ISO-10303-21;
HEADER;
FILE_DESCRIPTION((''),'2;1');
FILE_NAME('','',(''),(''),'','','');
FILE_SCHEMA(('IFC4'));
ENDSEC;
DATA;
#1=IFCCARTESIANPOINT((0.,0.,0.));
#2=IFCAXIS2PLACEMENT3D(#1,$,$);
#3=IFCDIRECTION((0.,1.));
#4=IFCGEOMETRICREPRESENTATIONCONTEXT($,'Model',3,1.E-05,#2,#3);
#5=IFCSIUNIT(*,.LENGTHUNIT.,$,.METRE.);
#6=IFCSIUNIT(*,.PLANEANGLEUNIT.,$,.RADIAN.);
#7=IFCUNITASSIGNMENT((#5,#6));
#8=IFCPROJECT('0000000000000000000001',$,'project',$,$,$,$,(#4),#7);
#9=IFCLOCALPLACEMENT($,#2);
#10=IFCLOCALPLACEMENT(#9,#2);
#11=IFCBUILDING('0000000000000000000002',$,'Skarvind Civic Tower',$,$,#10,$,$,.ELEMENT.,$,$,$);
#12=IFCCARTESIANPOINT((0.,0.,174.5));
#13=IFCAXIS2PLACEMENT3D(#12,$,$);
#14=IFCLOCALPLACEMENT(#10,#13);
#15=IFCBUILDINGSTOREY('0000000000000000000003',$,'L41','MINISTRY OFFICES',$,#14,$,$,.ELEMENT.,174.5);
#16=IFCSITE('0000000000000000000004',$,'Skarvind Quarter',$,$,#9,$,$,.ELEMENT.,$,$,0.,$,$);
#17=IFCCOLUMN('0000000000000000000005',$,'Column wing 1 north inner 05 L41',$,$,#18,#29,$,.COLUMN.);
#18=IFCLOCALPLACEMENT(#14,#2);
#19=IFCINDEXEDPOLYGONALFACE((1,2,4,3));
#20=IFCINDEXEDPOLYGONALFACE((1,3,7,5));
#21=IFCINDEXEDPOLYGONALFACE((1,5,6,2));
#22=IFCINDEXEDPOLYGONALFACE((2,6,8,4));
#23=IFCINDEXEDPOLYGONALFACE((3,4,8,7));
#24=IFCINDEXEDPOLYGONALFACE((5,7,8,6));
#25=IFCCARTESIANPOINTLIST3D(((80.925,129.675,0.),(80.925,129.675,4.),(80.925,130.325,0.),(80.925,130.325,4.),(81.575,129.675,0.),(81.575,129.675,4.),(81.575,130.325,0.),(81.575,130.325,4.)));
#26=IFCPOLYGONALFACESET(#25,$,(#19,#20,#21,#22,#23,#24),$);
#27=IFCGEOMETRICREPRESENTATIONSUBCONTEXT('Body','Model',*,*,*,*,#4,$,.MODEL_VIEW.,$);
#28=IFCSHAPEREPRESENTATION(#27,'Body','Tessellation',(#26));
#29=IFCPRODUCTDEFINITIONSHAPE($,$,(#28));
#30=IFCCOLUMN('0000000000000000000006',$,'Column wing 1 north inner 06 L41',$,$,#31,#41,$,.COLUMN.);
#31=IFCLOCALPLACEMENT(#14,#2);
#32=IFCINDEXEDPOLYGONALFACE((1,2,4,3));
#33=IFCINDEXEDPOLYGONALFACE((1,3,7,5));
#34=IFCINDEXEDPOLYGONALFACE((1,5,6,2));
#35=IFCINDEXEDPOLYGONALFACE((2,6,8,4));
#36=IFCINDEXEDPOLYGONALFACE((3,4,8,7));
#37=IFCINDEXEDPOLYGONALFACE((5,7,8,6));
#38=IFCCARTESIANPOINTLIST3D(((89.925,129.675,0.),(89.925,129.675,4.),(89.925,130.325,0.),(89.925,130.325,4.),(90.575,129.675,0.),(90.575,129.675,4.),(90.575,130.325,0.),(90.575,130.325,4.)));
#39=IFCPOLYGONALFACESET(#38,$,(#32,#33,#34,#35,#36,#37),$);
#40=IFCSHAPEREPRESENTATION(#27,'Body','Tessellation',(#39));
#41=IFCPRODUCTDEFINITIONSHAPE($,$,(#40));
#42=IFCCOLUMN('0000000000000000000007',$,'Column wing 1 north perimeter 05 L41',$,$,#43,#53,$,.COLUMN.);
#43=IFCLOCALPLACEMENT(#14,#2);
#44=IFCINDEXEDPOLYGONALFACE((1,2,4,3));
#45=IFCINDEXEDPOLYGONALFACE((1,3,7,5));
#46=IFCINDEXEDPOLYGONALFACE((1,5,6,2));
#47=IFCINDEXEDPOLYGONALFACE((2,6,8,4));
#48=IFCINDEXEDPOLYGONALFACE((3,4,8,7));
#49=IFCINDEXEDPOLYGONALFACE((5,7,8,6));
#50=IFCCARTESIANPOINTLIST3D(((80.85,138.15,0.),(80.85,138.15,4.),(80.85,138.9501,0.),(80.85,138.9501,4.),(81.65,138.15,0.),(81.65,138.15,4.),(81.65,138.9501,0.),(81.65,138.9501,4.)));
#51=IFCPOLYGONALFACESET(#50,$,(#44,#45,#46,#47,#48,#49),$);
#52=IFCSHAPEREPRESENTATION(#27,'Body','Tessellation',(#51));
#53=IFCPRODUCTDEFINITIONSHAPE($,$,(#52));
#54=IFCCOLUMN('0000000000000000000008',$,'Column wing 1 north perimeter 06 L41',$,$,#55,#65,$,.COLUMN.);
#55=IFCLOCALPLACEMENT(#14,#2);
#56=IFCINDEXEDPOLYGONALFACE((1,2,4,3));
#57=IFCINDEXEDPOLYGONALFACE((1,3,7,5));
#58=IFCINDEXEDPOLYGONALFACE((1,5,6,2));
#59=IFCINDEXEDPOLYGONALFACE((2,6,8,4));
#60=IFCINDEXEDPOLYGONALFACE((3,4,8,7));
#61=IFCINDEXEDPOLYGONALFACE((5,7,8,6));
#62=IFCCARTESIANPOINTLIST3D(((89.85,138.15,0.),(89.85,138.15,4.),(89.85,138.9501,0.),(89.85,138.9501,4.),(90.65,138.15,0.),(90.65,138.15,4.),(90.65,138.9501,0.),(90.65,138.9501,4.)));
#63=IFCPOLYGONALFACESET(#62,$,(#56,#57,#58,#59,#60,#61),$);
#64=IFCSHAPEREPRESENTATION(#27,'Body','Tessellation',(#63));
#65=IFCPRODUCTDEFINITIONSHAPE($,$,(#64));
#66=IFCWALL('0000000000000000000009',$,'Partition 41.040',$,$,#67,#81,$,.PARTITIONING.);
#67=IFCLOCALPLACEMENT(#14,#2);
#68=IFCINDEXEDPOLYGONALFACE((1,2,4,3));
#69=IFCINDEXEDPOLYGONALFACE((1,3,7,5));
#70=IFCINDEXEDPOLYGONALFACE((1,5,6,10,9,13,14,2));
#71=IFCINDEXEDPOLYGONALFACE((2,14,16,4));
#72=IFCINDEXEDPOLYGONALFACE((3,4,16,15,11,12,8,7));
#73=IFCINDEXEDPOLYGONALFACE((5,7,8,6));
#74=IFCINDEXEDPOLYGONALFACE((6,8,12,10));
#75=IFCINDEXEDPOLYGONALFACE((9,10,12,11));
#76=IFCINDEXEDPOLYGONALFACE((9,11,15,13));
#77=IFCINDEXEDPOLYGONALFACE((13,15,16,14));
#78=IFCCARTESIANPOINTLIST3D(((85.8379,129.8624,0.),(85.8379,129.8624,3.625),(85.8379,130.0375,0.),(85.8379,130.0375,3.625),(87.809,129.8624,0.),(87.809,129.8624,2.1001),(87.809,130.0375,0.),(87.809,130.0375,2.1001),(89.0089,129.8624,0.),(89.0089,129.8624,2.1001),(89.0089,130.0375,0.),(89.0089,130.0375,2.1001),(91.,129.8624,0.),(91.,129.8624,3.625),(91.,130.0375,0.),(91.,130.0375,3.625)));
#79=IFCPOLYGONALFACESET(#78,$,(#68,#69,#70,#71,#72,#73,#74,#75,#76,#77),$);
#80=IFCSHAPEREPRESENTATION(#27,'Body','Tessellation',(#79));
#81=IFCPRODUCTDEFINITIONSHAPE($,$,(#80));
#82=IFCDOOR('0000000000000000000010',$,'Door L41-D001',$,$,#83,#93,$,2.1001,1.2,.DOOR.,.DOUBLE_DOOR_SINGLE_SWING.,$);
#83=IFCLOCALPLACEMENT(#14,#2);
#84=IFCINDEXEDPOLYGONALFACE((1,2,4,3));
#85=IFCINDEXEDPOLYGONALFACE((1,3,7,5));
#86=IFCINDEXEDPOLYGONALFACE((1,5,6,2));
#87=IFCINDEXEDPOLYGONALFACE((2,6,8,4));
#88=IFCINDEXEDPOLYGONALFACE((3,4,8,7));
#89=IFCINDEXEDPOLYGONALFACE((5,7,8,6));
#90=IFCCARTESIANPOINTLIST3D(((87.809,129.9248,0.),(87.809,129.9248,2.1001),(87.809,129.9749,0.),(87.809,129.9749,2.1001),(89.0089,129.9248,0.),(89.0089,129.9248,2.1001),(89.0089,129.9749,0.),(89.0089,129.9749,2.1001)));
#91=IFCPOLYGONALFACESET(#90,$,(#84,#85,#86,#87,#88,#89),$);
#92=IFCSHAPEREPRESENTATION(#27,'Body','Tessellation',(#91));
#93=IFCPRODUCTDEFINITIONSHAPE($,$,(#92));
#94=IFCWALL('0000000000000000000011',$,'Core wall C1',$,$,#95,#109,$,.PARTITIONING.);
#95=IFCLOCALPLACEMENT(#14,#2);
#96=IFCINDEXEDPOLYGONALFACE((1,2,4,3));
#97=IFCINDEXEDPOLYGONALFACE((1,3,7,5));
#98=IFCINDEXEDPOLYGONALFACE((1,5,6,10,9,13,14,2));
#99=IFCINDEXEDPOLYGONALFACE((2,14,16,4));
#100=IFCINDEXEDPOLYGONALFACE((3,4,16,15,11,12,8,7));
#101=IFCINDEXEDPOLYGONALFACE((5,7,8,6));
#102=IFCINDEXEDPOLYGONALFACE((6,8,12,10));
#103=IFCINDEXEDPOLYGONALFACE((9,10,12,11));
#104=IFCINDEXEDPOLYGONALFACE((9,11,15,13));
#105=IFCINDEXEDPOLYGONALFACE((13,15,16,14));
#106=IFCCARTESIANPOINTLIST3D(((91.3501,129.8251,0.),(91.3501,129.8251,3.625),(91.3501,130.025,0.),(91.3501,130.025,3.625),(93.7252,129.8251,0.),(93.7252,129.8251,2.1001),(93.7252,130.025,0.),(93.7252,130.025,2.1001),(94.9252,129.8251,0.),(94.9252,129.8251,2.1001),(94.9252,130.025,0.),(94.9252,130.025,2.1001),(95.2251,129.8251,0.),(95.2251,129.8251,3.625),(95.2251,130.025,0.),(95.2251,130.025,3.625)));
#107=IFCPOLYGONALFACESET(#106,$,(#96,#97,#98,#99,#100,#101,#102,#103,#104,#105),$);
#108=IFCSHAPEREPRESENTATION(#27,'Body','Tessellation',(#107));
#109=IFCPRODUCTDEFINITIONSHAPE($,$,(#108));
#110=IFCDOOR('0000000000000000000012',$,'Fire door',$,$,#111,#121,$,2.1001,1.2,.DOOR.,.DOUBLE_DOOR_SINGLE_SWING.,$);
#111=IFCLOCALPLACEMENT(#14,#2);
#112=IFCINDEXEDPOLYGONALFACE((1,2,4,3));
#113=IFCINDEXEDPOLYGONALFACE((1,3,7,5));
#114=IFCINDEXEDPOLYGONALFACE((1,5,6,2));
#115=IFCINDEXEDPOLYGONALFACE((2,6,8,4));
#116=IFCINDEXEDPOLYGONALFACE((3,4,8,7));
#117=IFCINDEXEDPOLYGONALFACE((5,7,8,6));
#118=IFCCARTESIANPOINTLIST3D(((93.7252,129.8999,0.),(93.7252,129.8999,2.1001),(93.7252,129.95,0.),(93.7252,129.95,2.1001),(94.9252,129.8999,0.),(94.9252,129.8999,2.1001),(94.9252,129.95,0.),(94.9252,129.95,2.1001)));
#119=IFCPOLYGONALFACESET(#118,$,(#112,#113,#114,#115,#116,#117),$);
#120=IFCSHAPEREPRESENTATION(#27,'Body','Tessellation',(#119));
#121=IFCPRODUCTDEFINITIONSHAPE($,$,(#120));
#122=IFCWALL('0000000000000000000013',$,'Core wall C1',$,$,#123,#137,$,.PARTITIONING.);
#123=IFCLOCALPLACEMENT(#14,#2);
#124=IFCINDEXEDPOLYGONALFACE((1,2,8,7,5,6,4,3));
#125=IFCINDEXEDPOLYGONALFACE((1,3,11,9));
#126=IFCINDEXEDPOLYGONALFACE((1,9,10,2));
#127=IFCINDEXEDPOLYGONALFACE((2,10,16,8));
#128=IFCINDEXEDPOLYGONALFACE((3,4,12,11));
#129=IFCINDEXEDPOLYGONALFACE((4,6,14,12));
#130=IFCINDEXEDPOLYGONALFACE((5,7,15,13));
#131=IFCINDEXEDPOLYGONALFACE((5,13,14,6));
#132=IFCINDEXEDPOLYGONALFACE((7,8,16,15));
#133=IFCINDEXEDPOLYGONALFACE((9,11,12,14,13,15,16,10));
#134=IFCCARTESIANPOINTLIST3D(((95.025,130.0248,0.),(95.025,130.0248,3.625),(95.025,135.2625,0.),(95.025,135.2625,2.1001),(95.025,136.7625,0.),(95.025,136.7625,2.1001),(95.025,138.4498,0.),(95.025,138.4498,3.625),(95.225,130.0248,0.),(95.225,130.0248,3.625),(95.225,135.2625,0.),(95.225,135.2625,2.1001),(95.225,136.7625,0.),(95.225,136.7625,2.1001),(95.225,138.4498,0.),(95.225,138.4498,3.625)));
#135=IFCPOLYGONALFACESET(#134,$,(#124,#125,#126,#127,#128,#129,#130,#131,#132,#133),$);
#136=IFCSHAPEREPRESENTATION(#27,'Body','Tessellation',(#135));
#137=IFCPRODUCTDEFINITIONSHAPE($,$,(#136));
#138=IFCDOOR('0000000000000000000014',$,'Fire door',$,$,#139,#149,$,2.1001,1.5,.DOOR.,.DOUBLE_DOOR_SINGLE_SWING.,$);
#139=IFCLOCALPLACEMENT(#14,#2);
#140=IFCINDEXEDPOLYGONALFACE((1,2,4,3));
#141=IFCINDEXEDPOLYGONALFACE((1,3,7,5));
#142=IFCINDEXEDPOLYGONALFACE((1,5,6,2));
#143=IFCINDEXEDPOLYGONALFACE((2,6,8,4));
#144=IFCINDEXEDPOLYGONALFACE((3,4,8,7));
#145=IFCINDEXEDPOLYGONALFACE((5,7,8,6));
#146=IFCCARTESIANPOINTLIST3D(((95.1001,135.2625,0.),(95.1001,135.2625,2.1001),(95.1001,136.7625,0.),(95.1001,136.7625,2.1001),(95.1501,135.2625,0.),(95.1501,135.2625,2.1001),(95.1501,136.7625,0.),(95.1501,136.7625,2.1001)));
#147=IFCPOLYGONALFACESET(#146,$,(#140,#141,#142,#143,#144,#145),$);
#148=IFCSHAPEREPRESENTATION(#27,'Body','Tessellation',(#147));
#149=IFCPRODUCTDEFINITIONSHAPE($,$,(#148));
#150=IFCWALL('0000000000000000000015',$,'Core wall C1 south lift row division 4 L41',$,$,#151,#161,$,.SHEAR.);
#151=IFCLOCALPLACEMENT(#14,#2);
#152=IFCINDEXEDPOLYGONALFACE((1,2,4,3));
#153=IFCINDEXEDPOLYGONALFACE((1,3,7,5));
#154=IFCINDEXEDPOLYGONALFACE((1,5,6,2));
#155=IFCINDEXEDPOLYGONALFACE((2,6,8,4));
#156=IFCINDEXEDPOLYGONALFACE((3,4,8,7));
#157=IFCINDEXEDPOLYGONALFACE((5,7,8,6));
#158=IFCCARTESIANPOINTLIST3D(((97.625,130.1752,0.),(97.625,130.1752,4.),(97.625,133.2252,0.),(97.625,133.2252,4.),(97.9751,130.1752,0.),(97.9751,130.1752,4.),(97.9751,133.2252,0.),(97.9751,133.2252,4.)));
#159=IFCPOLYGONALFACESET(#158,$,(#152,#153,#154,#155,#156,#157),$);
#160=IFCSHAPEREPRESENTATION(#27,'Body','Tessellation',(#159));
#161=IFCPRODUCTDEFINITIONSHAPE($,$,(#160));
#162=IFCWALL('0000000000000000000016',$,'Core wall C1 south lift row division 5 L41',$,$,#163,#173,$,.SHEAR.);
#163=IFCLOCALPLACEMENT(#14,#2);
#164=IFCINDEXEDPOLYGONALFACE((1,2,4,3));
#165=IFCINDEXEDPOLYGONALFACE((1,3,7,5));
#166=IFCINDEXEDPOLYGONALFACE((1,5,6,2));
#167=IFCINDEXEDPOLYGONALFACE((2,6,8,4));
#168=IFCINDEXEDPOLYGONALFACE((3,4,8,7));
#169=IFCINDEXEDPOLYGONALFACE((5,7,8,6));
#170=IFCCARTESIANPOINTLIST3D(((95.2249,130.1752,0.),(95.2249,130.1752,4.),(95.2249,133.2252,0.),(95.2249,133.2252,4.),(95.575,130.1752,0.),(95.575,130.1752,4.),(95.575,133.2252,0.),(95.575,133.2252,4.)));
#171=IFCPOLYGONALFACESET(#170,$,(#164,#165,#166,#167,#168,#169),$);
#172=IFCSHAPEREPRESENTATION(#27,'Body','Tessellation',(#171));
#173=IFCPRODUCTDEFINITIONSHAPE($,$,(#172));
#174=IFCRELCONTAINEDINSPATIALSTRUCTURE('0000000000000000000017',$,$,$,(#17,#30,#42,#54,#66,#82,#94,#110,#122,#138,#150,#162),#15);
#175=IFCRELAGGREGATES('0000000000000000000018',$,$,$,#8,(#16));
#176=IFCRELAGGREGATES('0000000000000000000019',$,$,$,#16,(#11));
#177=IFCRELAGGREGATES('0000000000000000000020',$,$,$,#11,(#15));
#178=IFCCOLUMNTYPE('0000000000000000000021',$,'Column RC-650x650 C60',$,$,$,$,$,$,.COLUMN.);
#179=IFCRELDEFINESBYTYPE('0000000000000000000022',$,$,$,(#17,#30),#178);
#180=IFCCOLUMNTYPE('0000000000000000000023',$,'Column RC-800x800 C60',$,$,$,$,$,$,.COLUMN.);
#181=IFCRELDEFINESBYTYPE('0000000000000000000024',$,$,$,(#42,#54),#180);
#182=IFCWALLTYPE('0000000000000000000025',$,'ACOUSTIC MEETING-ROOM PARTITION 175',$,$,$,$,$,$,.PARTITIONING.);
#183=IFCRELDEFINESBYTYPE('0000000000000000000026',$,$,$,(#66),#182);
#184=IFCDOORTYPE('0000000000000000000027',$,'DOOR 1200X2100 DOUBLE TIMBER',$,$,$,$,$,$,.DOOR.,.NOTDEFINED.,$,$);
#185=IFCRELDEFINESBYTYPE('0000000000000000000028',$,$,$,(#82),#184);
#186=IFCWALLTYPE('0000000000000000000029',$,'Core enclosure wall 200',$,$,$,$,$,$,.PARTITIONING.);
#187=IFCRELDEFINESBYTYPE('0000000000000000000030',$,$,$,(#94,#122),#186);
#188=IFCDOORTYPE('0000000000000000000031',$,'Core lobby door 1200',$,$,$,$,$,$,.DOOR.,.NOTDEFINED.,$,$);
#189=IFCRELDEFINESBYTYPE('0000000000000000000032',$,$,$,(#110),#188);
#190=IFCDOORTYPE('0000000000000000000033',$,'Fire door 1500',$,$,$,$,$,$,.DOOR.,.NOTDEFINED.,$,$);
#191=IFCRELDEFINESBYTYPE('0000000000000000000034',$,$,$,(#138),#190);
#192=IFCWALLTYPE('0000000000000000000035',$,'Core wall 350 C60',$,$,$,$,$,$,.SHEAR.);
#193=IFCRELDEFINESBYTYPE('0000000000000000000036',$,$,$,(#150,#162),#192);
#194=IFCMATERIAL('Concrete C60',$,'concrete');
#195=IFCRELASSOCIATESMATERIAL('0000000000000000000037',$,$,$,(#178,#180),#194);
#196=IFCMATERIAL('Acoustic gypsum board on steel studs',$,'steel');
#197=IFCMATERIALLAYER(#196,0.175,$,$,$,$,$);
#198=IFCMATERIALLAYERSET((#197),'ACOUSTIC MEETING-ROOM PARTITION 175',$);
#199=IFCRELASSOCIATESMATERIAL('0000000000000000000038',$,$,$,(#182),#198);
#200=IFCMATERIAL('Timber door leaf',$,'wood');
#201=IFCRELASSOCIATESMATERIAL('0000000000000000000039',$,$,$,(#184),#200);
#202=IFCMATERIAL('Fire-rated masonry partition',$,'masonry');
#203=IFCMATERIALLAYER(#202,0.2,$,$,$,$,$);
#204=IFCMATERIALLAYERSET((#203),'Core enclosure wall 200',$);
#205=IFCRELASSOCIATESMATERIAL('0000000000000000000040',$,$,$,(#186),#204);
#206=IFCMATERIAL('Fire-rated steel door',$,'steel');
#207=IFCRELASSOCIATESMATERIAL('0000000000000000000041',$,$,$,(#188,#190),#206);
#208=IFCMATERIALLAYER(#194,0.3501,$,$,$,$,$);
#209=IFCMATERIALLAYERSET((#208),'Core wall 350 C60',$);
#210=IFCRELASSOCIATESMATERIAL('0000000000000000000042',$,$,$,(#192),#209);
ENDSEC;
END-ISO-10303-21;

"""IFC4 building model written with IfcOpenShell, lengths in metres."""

from ifc_helpers import new_model, si_unit, direction, frame, frame_2d, origin, origin_2d, place, context, subcontext, project, spatial, rectangle, extrude, material, layer, layer_set, material_profile, profile_set, type_object, element, fill, save


model = new_model("IFC4")

# Units and contexts
model_context = context("Model", 3, precision=1e-05, world=origin(), true_north=direction((0.0, 1.0)))
body_context = subcontext(model_context, "Body", "Model", "MODEL_VIEW")
ifc_project = project(units=[si_unit("LENGTHUNIT", "METRE"), si_unit("PLANEANGLEUNIT", "RADIAN")], contexts=[model_context])

# Site, building, storey
site_placement = place(None, origin())
site = spatial("IfcSite", under=ifc_project, at=site_placement, Name="Skarvind Quarter", CompositionType="ELEMENT", RefElevation=0.0)
building_placement = place(site_placement, origin())
building = spatial("IfcBuilding", under=site, at=building_placement, Name="Skarvind Civic Tower", CompositionType="ELEMENT")
storey_placement = place(building_placement, frame((0.0, 0.0, 174.5)))
storey = spatial("IfcBuildingStorey", under=building, at=storey_placement, Name="L41", Description="MINISTRY OFFICES", CompositionType="ELEMENT", Elevation=174.5)

# Columns
ifc_material_1 = material(Name="Concrete C60", Category="concrete")
ifc_material_profile_1 = material_profile(ifc_material_1, rectangle(XDim=0.6499, YDim=0.6499, at=origin_2d()), Name="RC-650x650")
ifc_profile_set_1 = profile_set([ifc_material_profile_1], Name="Concrete C60")
column_type_1 = type_object("IfcColumnType", Name="Column RC-650x650 C60", PredefinedType="COLUMN", material=ifc_profile_set_1)
for number, where, z_axis, x_axis, name in (
    (1, (81.25, 130.0, 0.0), (0.0, 0.0, 1.0), (1.0, 0.0, 0.0), "Column wing 1 north inner 05 L41"),
    (2, (90.25, 130.0, 0.0), (0.0, 0.0, 1.0), (1.0, 0.0, 0.0), "Column wing 1 north inner 06 L41"),
):
    element("IfcColumn", number, at=place(storey_placement, frame(where, z_axis=z_axis, x_axis=x_axis)), inside=storey, type_object=column_type_1, Name=name, PredefinedType="COLUMN", context=body_context, shape_type="SweptSolid", body=[
        extrude(rectangle(XDim=0.6499, YDim=0.6499, at=origin_2d()), origin(), (0.0, 0.0, 1.0), 4.0),
    ])
ifc_material_profile_2 = material_profile(ifc_material_1, rectangle(XDim=0.8, YDim=0.8, at=origin_2d()), Name="RC-800x800")
ifc_profile_set_2 = profile_set([ifc_material_profile_2], Name="Concrete C60")
column_type_2 = type_object("IfcColumnType", Name="Column RC-800x800 C60", PredefinedType="COLUMN", material=ifc_profile_set_2)
for number, where, z_axis, x_axis, name in (
    (3, (81.25, 138.55, 0.0), (0.0, 0.0, 1.0), (1.0, 0.0, 0.0), "Column wing 1 north perimeter 05 L41"),
    (4, (90.25, 138.55, 0.0), (0.0, 0.0, 1.0), (1.0, 0.0, 0.0), "Column wing 1 north perimeter 06 L41"),
):
    element("IfcColumn", number, at=place(storey_placement, frame(where, z_axis=z_axis, x_axis=x_axis)), inside=storey, type_object=column_type_2, Name=name, PredefinedType="COLUMN", context=body_context, shape_type="SweptSolid", body=[
        extrude(rectangle(XDim=0.8, YDim=0.8, at=origin_2d()), origin(), (0.0, 0.0, 1.0), 4.0),
    ])

# Walls, openings, doors
ifc_material_2 = material(Name="Acoustic gypsum board on steel studs", Category="steel")
ifc_layer_1 = layer(ifc_material_2, 0.175)
ifc_layer_set_1 = layer_set([ifc_layer_1], Name="ACOUSTIC MEETING-ROOM PARTITION 175")
wall_type_1 = type_object("IfcWallType", Name="ACOUSTIC MEETING-ROOM PARTITION 175", PredefinedType="PARTITIONING", material=ifc_layer_set_1)
wall_1_placement = place(storey_placement, frame((85.8379, 129.95, 0.0), z_axis=(0.0, 0.0, 1.0), x_axis=(1.0, 0.0, 0.0)))
wall_1 = element("IfcWall", 5, at=wall_1_placement, inside=storey, type_object=wall_type_1, Name="Partition 41.040", PredefinedType="PARTITIONING", context=body_context, shape_type="SweptSolid", body=[
    extrude(rectangle(XDim=5.1621, YDim=0.175, at=frame_2d((2.5811, 0.0))), origin(), (0.0, 0.0, 1.0), 3.625),
])
opening_1_placement = place(wall_1_placement, frame((1.9709, 0.0, 0.0)))
opening_1 = element("IfcOpeningElement", 6, at=opening_1_placement, cuts=wall_1, PredefinedType="OPENING", context=body_context, shape_type="SweptSolid", body=[
    extrude(rectangle(XDim=1.2, YDim=2.1001, at=frame_2d((0.6001, 1.05))), frame((0.0, 0.0974, 0.0), z_axis=(0.0, -1.0, 0.0), x_axis=(1.0, 0.0, 0.0)), (0.0, 0.0, 1.0), 0.1951),
])
ifc_material_3 = material(Name="Timber door leaf", Category="wood")
door_type_1 = type_object("IfcDoorType", Name="DOOR 1200X2100 DOUBLE TIMBER", OperationType="NOTDEFINED", PredefinedType="DOOR", material=ifc_material_3)
door_1_placement = place(opening_1_placement, origin())
door_1 = element("IfcDoor", 7, at=door_1_placement, inside=storey, type_object=door_type_1, Name="Door L41-D001", OperationType="DOUBLE_DOOR_SINGLE_SWING", OverallHeight=2.1001, OverallWidth=1.2, PredefinedType="DOOR", context=body_context, shape_type="SweptSolid", body=[
    extrude(rectangle(XDim=1.2, YDim=2.1001, at=frame_2d((0.6001, 1.05))), frame((0.0, 0.0249, 0.0), z_axis=(0.0, -1.0, 0.0), x_axis=(1.0, 0.0, 0.0)), (0.0, 0.0, 1.0), 0.05),
])
fill(opening_1, door_1)
ifc_material_4 = material(Name="Fire-rated masonry partition", Category="masonry")
ifc_layer_2 = layer(ifc_material_4, 0.2)
ifc_layer_set_2 = layer_set([ifc_layer_2], Name="Core enclosure wall 200")
wall_type_2 = type_object("IfcWallType", Name="Core enclosure wall 200", PredefinedType="PARTITIONING", material=ifc_layer_set_2)
wall_2_placement = place(storey_placement, frame((91.3501, 129.925, 0.0), z_axis=(0.0, 0.0, 1.0), x_axis=(1.0, 0.0, 0.0)))
wall_2 = element("IfcWall", 8, at=wall_2_placement, inside=storey, type_object=wall_type_2, Name="Core wall C1", PredefinedType="PARTITIONING", context=body_context, shape_type="SweptSolid", body=[
    extrude(rectangle(XDim=3.875, YDim=0.2, at=frame_2d((1.9375, 0.0))), origin(), (0.0, 0.0, 1.0), 3.625),
])
opening_2_placement = place(wall_2_placement, frame((2.375, 0.0, 0.0)))
opening_2 = element("IfcOpeningElement", 9, at=opening_2_placement, cuts=wall_2, PredefinedType="OPENING", context=body_context, shape_type="SweptSolid", body=[
    extrude(rectangle(XDim=1.2, YDim=2.1001, at=frame_2d((0.6001, 1.05))), frame((0.0, 0.1099, 0.0), z_axis=(0.0, -1.0, 0.0), x_axis=(1.0, 0.0, 0.0)), (0.0, 0.0, 1.0), 0.22),
])
ifc_material_5 = material(Name="Fire-rated steel door", Category="steel")
door_type_2 = type_object("IfcDoorType", Name="Core lobby door 1200", OperationType="NOTDEFINED", PredefinedType="DOOR", material=ifc_material_5)
door_2_placement = place(opening_2_placement, origin())
door_2 = element("IfcDoor", 10, at=door_2_placement, inside=storey, type_object=door_type_2, Name="Fire door", OperationType="DOUBLE_DOOR_SINGLE_SWING", OverallHeight=2.1001, OverallWidth=1.2, PredefinedType="DOOR", context=body_context, shape_type="SweptSolid", body=[
    extrude(rectangle(XDim=1.2, YDim=2.1001, at=frame_2d((0.6001, 1.05))), frame((0.0, 0.0249, 0.0), z_axis=(0.0, -1.0, 0.0), x_axis=(1.0, 0.0, 0.0)), (0.0, 0.0, 1.0), 0.05),
])
fill(opening_2, door_2)
wall_3_placement = place(storey_placement, frame((95.125, 130.0249, 0.0), z_axis=(0.0, 0.0, 1.0), x_axis=(0.0, 1.0, 0.0)))
wall_3 = element("IfcWall", 11, at=wall_3_placement, inside=storey, type_object=wall_type_2, Name="Core wall C1", PredefinedType="PARTITIONING", context=body_context, shape_type="SweptSolid", body=[
    extrude(rectangle(XDim=8.425, YDim=0.2, at=frame_2d((4.2124, 0.0))), origin(), (0.0, 0.0, 1.0), 3.625),
])
opening_3_placement = place(wall_3_placement, frame((5.2375, 0.0, 0.0)))
opening_3 = element("IfcOpeningElement", 12, at=opening_3_placement, cuts=wall_3, PredefinedType="OPENING", context=body_context, shape_type="SweptSolid", body=[
    extrude(rectangle(XDim=1.5, YDim=2.1001, at=frame_2d((0.75, 1.05))), frame((0.0, 0.1099, 0.0), z_axis=(0.0, -1.0, 0.0), x_axis=(1.0, 0.0, 0.0)), (0.0, 0.0, 1.0), 0.22),
])
door_type_3 = type_object("IfcDoorType", Name="Fire door 1500", OperationType="NOTDEFINED", PredefinedType="DOOR", material=ifc_material_5)
door_3_placement = place(opening_3_placement, origin())
door_3 = element("IfcDoor", 13, at=door_3_placement, inside=storey, type_object=door_type_3, Name="Fire door", OperationType="DOUBLE_DOOR_SINGLE_SWING", OverallHeight=2.1001, OverallWidth=1.5, PredefinedType="DOOR", context=body_context, shape_type="SweptSolid", body=[
    extrude(rectangle(XDim=1.5, YDim=2.1001, at=frame_2d((0.75, 1.05))), frame((0.0, 0.0249, 0.0), z_axis=(0.0, -1.0, 0.0), x_axis=(1.0, 0.0, 0.0)), (0.0, 0.0, 1.0), 0.05),
])
fill(opening_3, door_3)

# Walls
ifc_layer_3 = layer(ifc_material_1, 0.3501)
ifc_layer_set_3 = layer_set([ifc_layer_3], Name="Core wall 350 C60")
wall_type_3 = type_object("IfcWallType", Name="Core wall 350 C60", PredefinedType="SHEAR", material=ifc_layer_set_3)
for number, where, z_axis, x_axis, name in (
    (14, (97.8, 133.2251, 0.0), (0.0, 0.0, 1.0), (0.0, -1.0, 0.0), "Core wall C1 south lift row division 4 L41"),
    (15, (95.3999, 133.2251, 0.0), (0.0, 0.0, 1.0), (0.0, -1.0, 0.0), "Core wall C1 south lift row division 5 L41"),
):
    element("IfcWall", number, at=place(storey_placement, frame(where, z_axis=z_axis, x_axis=x_axis)), inside=storey, type_object=wall_type_3, Name=name, PredefinedType="SHEAR", context=body_context, shape_type="SweptSolid", body=[
        extrude(rectangle(XDim=3.05, YDim=0.3501, at=frame_2d((1.5249, 0.0))), origin(), (0.0, 0.0, 1.0), 4.0),
    ])

save(model, "model.ifc")
